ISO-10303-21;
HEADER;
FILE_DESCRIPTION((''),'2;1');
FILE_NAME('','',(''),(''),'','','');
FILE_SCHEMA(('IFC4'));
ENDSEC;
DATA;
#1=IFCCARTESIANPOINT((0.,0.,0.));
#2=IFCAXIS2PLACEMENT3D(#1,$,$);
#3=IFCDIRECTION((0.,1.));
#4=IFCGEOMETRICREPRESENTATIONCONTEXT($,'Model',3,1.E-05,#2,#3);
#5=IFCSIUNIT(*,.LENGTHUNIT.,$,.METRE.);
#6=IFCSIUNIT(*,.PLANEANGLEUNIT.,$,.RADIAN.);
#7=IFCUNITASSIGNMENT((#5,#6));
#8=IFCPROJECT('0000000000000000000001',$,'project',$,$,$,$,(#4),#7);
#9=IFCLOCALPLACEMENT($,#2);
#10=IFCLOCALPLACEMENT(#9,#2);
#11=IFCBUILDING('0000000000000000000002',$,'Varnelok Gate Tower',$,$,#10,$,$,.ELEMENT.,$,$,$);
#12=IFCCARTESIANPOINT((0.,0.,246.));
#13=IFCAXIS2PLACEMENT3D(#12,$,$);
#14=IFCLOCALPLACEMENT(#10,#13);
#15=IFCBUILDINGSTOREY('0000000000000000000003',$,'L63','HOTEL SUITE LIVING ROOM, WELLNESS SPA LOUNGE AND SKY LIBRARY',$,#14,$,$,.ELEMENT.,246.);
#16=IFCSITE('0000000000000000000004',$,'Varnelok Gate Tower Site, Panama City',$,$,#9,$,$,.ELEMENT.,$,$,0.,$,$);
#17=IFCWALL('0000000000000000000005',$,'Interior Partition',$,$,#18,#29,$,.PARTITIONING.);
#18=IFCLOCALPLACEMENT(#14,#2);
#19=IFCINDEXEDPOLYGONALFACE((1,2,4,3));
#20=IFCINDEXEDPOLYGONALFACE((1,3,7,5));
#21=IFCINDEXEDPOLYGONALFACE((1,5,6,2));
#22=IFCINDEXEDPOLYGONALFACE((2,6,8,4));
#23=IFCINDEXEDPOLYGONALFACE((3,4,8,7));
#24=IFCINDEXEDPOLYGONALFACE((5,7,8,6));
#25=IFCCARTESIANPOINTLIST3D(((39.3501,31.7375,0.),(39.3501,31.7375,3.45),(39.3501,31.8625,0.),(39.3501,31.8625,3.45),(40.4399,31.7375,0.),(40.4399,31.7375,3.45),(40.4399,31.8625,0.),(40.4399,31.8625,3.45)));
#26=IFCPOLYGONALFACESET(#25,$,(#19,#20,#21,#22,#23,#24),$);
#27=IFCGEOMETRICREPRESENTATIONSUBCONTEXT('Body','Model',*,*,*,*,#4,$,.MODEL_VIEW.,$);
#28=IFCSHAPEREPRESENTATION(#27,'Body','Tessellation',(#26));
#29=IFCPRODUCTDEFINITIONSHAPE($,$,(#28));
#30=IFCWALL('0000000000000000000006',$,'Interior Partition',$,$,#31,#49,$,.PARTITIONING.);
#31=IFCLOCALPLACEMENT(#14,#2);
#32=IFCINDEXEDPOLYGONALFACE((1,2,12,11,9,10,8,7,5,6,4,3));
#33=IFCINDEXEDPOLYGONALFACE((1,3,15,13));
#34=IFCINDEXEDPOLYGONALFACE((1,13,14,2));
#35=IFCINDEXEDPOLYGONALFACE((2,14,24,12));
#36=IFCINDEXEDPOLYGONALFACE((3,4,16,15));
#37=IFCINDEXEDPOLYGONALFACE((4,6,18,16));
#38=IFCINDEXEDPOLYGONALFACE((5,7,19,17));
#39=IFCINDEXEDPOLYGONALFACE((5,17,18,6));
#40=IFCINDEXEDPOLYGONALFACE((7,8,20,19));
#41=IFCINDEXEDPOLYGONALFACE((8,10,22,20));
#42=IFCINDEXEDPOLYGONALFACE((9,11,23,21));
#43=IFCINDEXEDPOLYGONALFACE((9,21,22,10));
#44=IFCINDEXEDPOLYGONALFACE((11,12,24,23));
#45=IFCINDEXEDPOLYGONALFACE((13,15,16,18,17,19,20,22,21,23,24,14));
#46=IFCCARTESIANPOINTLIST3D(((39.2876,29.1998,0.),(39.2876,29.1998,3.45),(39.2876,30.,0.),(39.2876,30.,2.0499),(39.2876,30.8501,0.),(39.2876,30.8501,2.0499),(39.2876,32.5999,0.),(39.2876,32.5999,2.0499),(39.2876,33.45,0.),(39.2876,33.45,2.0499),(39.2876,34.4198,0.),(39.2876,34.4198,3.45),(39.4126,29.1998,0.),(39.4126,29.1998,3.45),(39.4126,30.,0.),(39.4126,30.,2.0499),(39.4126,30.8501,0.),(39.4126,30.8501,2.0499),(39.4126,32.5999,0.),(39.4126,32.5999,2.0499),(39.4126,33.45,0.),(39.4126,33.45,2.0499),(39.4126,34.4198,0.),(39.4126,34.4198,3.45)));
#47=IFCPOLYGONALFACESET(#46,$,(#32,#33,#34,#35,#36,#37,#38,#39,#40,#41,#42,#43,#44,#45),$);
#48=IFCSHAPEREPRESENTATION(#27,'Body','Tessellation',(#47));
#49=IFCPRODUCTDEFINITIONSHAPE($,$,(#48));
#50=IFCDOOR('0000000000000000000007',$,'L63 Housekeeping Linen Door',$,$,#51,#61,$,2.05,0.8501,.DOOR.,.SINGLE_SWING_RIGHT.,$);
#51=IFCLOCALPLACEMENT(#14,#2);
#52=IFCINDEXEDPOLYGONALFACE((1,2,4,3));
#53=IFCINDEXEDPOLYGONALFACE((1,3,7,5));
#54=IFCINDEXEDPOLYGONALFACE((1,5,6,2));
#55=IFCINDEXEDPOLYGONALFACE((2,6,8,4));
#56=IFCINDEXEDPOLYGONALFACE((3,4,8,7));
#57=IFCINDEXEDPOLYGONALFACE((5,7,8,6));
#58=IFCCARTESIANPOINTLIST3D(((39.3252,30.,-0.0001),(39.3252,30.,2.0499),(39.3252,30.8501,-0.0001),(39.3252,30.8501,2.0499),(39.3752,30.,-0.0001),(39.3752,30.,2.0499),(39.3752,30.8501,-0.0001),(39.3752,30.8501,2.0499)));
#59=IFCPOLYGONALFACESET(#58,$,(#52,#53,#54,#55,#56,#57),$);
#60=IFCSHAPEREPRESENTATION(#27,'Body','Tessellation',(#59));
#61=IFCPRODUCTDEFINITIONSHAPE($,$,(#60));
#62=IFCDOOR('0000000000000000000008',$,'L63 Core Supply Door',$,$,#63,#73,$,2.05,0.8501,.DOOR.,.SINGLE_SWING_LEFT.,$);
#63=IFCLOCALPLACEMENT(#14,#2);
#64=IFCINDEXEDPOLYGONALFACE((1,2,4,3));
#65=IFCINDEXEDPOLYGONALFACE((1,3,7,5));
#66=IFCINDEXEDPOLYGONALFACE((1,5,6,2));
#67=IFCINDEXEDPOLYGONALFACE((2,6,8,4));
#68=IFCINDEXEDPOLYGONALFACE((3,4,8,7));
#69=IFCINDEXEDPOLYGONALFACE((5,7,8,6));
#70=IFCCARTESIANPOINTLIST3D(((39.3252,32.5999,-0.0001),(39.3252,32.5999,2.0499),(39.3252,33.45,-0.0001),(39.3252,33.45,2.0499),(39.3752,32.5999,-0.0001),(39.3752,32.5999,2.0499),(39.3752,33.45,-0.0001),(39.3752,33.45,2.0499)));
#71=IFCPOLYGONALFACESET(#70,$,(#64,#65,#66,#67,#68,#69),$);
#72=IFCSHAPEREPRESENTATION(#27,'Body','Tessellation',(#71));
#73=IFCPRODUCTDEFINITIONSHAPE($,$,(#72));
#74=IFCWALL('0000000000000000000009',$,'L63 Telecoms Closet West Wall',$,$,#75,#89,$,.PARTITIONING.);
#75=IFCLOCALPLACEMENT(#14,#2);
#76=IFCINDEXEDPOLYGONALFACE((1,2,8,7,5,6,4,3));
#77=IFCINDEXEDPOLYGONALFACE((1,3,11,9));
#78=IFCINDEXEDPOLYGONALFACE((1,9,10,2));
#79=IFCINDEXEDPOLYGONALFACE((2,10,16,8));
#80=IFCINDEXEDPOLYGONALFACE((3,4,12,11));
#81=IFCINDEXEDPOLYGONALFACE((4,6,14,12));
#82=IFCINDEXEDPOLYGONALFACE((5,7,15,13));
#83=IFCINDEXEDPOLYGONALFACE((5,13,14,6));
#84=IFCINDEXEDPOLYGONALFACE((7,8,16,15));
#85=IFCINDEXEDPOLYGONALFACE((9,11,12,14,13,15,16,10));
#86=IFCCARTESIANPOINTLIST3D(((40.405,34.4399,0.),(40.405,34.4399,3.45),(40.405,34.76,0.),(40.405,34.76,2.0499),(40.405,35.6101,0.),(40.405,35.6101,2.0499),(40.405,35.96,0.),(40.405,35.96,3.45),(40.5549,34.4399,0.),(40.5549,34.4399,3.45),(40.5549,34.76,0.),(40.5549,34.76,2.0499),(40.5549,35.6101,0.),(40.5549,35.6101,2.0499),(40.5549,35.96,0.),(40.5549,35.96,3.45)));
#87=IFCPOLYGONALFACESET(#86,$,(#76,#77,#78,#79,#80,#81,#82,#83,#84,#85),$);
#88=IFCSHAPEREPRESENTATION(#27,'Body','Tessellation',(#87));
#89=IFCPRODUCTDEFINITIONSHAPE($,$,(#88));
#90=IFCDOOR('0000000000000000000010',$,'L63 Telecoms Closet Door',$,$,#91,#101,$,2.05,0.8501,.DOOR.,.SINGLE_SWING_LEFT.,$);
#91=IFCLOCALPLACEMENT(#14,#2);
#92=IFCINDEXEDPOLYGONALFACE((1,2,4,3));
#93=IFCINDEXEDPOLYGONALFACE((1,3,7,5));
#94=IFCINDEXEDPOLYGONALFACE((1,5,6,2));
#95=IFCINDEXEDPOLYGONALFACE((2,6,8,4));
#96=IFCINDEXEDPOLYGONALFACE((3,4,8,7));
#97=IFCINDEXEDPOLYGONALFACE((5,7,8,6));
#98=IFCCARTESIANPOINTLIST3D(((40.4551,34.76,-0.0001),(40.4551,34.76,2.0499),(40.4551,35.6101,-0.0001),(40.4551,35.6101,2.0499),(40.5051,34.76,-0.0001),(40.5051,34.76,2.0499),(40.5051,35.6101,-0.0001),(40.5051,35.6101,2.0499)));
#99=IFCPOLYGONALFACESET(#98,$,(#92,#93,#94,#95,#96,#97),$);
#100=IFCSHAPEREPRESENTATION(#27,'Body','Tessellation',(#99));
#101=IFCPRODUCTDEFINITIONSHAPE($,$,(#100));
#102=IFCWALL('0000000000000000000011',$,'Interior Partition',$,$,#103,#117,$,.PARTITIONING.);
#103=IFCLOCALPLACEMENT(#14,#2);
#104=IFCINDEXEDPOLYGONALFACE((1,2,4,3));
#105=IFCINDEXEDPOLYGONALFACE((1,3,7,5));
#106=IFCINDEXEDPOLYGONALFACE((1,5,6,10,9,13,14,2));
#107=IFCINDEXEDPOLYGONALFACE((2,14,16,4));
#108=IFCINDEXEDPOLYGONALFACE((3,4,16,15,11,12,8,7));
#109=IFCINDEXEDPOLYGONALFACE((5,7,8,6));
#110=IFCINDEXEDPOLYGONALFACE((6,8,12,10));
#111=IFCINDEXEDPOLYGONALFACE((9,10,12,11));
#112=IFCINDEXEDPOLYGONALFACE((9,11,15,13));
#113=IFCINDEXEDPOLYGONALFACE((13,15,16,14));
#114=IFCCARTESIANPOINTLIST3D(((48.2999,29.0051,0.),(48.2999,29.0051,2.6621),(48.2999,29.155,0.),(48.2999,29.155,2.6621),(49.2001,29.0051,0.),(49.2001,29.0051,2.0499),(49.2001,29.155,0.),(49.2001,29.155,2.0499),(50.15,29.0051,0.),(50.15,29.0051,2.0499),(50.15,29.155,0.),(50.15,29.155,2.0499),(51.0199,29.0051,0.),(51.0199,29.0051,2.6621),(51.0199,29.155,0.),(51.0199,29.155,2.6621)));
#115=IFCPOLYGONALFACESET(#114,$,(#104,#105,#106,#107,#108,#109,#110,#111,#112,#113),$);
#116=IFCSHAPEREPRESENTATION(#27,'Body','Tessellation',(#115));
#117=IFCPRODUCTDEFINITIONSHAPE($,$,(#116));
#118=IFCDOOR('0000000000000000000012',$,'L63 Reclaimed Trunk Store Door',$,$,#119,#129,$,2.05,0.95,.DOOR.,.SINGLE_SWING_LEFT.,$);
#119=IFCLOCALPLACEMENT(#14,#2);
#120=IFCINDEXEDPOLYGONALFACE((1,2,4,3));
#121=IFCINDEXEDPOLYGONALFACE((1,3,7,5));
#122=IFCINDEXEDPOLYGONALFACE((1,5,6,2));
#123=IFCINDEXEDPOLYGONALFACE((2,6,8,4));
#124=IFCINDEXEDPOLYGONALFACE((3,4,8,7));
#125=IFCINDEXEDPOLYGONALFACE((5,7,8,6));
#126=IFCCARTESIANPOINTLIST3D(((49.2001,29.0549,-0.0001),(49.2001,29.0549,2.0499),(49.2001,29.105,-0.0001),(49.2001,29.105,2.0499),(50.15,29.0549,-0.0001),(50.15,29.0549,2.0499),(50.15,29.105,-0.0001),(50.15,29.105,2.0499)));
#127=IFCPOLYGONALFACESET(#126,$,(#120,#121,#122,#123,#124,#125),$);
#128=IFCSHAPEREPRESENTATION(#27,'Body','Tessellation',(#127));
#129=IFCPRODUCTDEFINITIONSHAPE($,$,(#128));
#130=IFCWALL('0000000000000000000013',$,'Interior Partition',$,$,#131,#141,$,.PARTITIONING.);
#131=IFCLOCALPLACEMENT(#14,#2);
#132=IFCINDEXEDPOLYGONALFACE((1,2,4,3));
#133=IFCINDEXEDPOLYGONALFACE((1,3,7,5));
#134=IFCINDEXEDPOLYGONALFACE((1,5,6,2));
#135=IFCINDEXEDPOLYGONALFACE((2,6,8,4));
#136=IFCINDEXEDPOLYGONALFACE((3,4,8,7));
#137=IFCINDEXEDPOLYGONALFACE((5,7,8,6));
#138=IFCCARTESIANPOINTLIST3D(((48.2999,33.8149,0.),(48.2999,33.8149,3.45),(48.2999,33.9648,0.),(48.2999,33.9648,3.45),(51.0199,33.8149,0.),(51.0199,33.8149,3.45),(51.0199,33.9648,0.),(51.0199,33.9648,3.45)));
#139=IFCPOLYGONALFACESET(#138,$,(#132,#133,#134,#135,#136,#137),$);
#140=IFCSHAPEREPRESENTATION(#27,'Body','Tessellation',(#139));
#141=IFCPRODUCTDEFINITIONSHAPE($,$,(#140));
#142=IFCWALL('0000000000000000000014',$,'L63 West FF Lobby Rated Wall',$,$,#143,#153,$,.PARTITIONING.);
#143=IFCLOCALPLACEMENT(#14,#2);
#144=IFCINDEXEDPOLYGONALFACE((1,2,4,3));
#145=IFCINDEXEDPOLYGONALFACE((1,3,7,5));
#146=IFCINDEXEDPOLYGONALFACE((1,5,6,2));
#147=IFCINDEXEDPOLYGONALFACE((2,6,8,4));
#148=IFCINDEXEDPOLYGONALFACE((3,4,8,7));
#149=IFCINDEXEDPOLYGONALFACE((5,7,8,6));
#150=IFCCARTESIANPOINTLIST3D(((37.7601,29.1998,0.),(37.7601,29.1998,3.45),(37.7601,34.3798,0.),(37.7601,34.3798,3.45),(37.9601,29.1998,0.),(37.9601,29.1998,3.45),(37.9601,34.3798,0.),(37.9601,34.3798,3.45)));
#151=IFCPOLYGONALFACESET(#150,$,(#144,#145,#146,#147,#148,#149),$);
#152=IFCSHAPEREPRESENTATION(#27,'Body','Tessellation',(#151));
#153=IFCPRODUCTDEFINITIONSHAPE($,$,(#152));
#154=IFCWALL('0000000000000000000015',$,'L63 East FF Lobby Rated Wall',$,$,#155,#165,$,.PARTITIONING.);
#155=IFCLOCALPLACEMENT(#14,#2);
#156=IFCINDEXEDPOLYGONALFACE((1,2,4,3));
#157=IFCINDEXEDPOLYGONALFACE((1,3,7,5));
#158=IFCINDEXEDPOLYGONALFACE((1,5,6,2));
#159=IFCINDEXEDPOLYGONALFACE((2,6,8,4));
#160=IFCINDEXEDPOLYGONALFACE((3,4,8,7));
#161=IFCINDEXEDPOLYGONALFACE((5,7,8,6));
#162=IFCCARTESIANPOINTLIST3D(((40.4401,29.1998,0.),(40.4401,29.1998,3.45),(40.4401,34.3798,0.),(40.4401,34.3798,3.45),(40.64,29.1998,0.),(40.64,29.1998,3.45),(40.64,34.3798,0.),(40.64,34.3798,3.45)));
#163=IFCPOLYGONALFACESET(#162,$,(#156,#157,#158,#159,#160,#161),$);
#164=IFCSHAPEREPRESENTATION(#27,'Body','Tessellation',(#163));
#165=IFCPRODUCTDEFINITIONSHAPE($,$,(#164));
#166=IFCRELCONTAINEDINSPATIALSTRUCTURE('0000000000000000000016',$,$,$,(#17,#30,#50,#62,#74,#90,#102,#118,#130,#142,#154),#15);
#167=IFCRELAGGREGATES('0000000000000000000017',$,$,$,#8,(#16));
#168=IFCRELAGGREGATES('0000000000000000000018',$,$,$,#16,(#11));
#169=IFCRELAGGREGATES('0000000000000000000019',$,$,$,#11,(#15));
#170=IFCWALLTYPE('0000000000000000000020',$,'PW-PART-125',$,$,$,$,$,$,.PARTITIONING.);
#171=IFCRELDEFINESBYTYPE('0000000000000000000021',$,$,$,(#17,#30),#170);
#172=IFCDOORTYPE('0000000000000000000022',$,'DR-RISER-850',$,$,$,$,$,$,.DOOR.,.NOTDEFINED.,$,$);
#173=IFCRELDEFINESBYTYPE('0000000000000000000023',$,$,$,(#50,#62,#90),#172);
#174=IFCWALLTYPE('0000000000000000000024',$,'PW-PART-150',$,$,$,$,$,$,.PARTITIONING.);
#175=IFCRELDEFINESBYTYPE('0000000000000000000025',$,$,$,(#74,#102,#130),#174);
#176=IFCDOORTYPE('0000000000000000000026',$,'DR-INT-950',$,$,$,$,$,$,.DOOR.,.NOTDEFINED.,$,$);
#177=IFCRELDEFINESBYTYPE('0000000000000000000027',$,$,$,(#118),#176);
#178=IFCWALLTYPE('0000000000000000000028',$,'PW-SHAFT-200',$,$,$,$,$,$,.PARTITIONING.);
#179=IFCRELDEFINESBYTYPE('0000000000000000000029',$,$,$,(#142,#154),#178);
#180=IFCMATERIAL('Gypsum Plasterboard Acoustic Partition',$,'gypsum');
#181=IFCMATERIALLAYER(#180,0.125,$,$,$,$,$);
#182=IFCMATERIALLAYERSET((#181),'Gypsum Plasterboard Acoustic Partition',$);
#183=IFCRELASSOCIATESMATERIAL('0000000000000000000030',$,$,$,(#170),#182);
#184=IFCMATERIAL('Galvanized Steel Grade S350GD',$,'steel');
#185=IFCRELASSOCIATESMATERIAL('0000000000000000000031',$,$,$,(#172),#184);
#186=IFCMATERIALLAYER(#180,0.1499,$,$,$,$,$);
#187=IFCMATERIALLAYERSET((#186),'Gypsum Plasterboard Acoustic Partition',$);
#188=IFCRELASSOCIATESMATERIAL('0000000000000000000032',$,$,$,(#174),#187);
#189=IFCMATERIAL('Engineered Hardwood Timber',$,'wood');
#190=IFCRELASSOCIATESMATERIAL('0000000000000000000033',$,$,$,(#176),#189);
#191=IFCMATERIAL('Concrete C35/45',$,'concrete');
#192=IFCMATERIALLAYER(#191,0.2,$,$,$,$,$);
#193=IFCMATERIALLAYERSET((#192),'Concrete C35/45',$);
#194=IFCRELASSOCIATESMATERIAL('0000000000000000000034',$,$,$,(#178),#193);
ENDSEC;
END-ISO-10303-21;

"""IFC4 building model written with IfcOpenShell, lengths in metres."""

from ifc_helpers import new_model, si_unit, direction, frame, frame_2d, origin, place, context, subcontext, project, spatial, rectangle, extrude, material, layer, layer_set, type_object, element, fill, save


model = new_model("IFC4")

# Units and contexts
model_context = context("Model", 3, precision=1e-05, world=origin(), true_north=direction((0.0, 1.0)))
body_context = subcontext(model_context, "Body", "Model", "MODEL_VIEW")
ifc_project = project(units=[si_unit("LENGTHUNIT", "METRE"), si_unit("PLANEANGLEUNIT", "RADIAN")], contexts=[model_context])

# Site, building, storey
site_placement = place(None, origin())
site = spatial("IfcSite", under=ifc_project, at=site_placement, Name="Varnelok Gate Tower Site, Panama City", CompositionType="ELEMENT", RefElevation=0.0)
building_placement = place(site_placement, origin())
building = spatial("IfcBuilding", under=site, at=building_placement, Name="Varnelok Gate Tower", CompositionType="ELEMENT")
storey_placement = place(building_placement, frame((0.0, 0.0, 246.0)))
storey = spatial("IfcBuildingStorey", under=building, at=storey_placement, Name="L63", Description="HOTEL SUITE LIVING ROOM, WELLNESS SPA LOUNGE AND SKY LIBRARY", CompositionType="ELEMENT", Elevation=246.0)

# Wall
ifc_material_1 = material(Name="Gypsum Plasterboard Acoustic Partition", Category="gypsum")
ifc_layer_1 = layer(ifc_material_1, 0.125)
ifc_layer_set_1 = layer_set([ifc_layer_1], Name="Gypsum Plasterboard Acoustic Partition")
wall_type_1 = type_object("IfcWallType", Name="PW-PART-125", PredefinedType="PARTITIONING", material=ifc_layer_set_1)
wall_1_placement = place(storey_placement, frame((39.3501, 31.8, 0.0), z_axis=(0.0, 0.0, 1.0), x_axis=(1.0, 0.0, 0.0)))
element("IfcWall", 1, at=wall_1_placement, inside=storey, type_object=wall_type_1, Name="Interior Partition", PredefinedType="PARTITIONING", context=body_context, shape_type="SweptSolid", body=[
    extrude(rectangle(XDim=1.0898, YDim=0.125, at=frame_2d((0.5449, 0.0))), origin(), (0.0, 0.0, 1.0), 3.45),
])

# Wall, openings, doors
wall_2_placement = place(storey_placement, frame((39.3501, 29.2, 0.0), z_axis=(0.0, 0.0, 1.0), x_axis=(0.0, 1.0, 0.0)))
wall_2 = element("IfcWall", 2, at=wall_2_placement, inside=storey, type_object=wall_type_1, Name="Interior Partition", PredefinedType="PARTITIONING", context=body_context, shape_type="SweptSolid", body=[
    extrude(rectangle(XDim=5.22, YDim=0.125, at=frame_2d((2.6099, 0.0))), origin(), (0.0, 0.0, 1.0), 3.45),
])
opening_1_placement = place(wall_2_placement, frame((0.8, 0.0, 0.0)))
opening_1 = element("IfcOpeningElement", 3, at=opening_1_placement, cuts=wall_2, PredefinedType="OPENING", context=body_context, shape_type="SweptSolid", body=[
    extrude(rectangle(XDim=0.8501, YDim=2.05, at=frame_2d((0.425, 1.0249))), frame((0.0, 0.0725, 0.0), z_axis=(0.0, -1.0, 0.0), x_axis=(1.0, 0.0, 0.0)), (0.0, 0.0, 1.0), 0.145),
])
opening_2_placement = place(wall_2_placement, frame((3.3999, 0.0, 0.0)))
opening_2 = element("IfcOpeningElement", 4, at=opening_2_placement, cuts=wall_2, PredefinedType="OPENING", context=body_context, shape_type="SweptSolid", body=[
    extrude(rectangle(XDim=0.8501, YDim=2.05, at=frame_2d((0.425, 1.0249))), frame((0.0, 0.0725, 0.0), z_axis=(0.0, -1.0, 0.0), x_axis=(1.0, 0.0, 0.0)), (0.0, 0.0, 1.0), 0.145),
])
ifc_material_2 = material(Name="Galvanized Steel Grade S350GD", Category="steel")
door_type_1 = type_object("IfcDoorType", Name="DR-RISER-850", OperationType="NOTDEFINED", PredefinedType="DOOR", material=ifc_material_2)
door_1_placement = place(opening_1_placement, origin())
door_1 = element("IfcDoor", 5, at=door_1_placement, inside=storey, type_object=door_type_1, Name="L63 Housekeeping Linen Door", OperationType="SINGLE_SWING_RIGHT", OverallHeight=2.05, OverallWidth=0.8501, PredefinedType="DOOR", context=body_context, shape_type="SweptSolid", body=[
    extrude(rectangle(XDim=0.8501, YDim=2.05, at=frame_2d((0.425, 1.0249))), frame((0.0, 0.0249, 0.0), z_axis=(0.0, -1.0, 0.0), x_axis=(1.0, 0.0, 0.0)), (0.0, 0.0, 1.0), 0.05),
])
fill(opening_1, door_1)
door_2_placement = place(opening_2_placement, origin())
door_2 = element("IfcDoor", 6, at=door_2_placement, inside=storey, type_object=door_type_1, Name="L63 Core Supply Door", OperationType="SINGLE_SWING_LEFT", OverallHeight=2.05, OverallWidth=0.8501, PredefinedType="DOOR", context=body_context, shape_type="SweptSolid", body=[
    extrude(rectangle(XDim=0.8501, YDim=2.05, at=frame_2d((0.425, 1.0249))), frame((0.0, 0.0249, 0.0), z_axis=(0.0, -1.0, 0.0), x_axis=(1.0, 0.0, 0.0)), (0.0, 0.0, 1.0), 0.05),
])
fill(opening_2, door_2)

# Walls, openings, doors
ifc_layer_2 = layer(ifc_material_1, 0.1499)
ifc_layer_set_2 = layer_set([ifc_layer_2], Name="Gypsum Plasterboard Acoustic Partition")
wall_type_2 = type_object("IfcWallType", Name="PW-PART-150", PredefinedType="PARTITIONING", material=ifc_layer_set_2)
wall_3_placement = place(storey_placement, frame((40.48, 34.4399, 0.0), z_axis=(0.0, 0.0, 1.0), x_axis=(0.0, 1.0, 0.0)))
wall_3 = element("IfcWall", 7, at=wall_3_placement, inside=storey, type_object=wall_type_2, Name="L63 Telecoms Closet West Wall", PredefinedType="PARTITIONING", context=body_context, shape_type="SweptSolid", body=[
    extrude(rectangle(XDim=1.52, YDim=0.1499, at=frame_2d((0.76, 0.0))), origin(), (0.0, 0.0, 1.0), 3.45),
])
opening_3_placement = place(wall_3_placement, frame((0.3201, 0.0, 0.0)))
opening_3 = element("IfcOpeningElement", 8, at=opening_3_placement, cuts=wall_3, PredefinedType="OPENING", context=body_context, shape_type="SweptSolid", body=[
    extrude(rectangle(XDim=0.8501, YDim=2.05, at=frame_2d((0.425, 1.0249))), frame((0.0, 0.085, 0.0), z_axis=(0.0, -1.0, 0.0), x_axis=(1.0, 0.0, 0.0)), (0.0, 0.0, 1.0), 0.1699),
])
door_3_placement = place(opening_3_placement, origin())
door_3 = element("IfcDoor", 9, at=door_3_placement, inside=storey, type_object=door_type_1, Name="L63 Telecoms Closet Door", OperationType="SINGLE_SWING_LEFT", OverallHeight=2.05, OverallWidth=0.8501, PredefinedType="DOOR", context=body_context, shape_type="SweptSolid", body=[
    extrude(rectangle(XDim=0.8501, YDim=2.05, at=frame_2d((0.425, 1.0249))), frame((0.0, 0.0249, 0.0), z_axis=(0.0, -1.0, 0.0), x_axis=(1.0, 0.0, 0.0)), (0.0, 0.0, 1.0), 0.05),
])
fill(opening_3, door_3)
wall_4_placement = place(storey_placement, frame((48.3, 29.0801, 0.0), z_axis=(0.0, 0.0, 1.0), x_axis=(1.0, 0.0, 0.0)))
wall_4 = element("IfcWall", 10, at=wall_4_placement, inside=storey, type_object=wall_type_2, Name="Interior Partition", PredefinedType="PARTITIONING", context=body_context, shape_type="SweptSolid", body=[
    extrude(rectangle(XDim=2.72, YDim=0.1499, at=frame_2d((1.3599, 0.0))), origin(), (0.0, 0.0, 1.0), 2.6621),
])
opening_4_placement = place(wall_4_placement, frame((0.8999, 0.0, 0.0)))
opening_4 = element("IfcOpeningElement", 11, at=opening_4_placement, cuts=wall_4, PredefinedType="OPENING", context=body_context, shape_type="SweptSolid", body=[
    extrude(rectangle(XDim=0.95, YDim=2.05, at=frame_2d((0.4751, 1.0249))), frame((0.0, 0.085, 0.0), z_axis=(0.0, -1.0, 0.0), x_axis=(1.0, 0.0, 0.0)), (0.0, 0.0, 1.0), 0.1699),
])
ifc_material_3 = material(Name="Engineered Hardwood Timber", Category="wood")
door_type_2 = type_object("IfcDoorType", Name="DR-INT-950", OperationType="NOTDEFINED", PredefinedType="DOOR", material=ifc_material_3)
door_4_placement = place(opening_4_placement, origin())
door_4 = element("IfcDoor", 12, at=door_4_placement, inside=storey, type_object=door_type_2, Name="L63 Reclaimed Trunk Store Door", OperationType="SINGLE_SWING_LEFT", OverallHeight=2.05, OverallWidth=0.95, PredefinedType="DOOR", context=body_context, shape_type="SweptSolid", body=[
    extrude(rectangle(XDim=0.95, YDim=2.05, at=frame_2d((0.4751, 1.0249))), frame((0.0, 0.0249, 0.0), z_axis=(0.0, -1.0, 0.0), x_axis=(1.0, 0.0, 0.0)), (0.0, 0.0, 1.0), 0.05),
])
fill(opening_4, door_4)

# Walls
wall_5_placement = place(storey_placement, frame((48.3, 33.8899, 0.0), z_axis=(0.0, 0.0, 1.0), x_axis=(1.0, 0.0, 0.0)))
element("IfcWall", 13, at=wall_5_placement, inside=storey, type_object=wall_type_2, Name="Interior Partition", PredefinedType="PARTITIONING", context=body_context, shape_type="SweptSolid", body=[
    extrude(rectangle(XDim=2.72, YDim=0.1499, at=frame_2d((1.3599, 0.0))), origin(), (0.0, 0.0, 1.0), 3.45),
])
ifc_material_4 = material(Name="Concrete C35/45", Category="concrete")
ifc_layer_3 = layer(ifc_material_4, 0.2)
ifc_layer_set_3 = layer_set([ifc_layer_3], Name="Concrete C35/45")
wall_type_3 = type_object("IfcWallType", Name="PW-SHAFT-200", PredefinedType="PARTITIONING", material=ifc_layer_set_3)
for number, where, z_axis, x_axis, name in (
    (14, (37.8601, 29.2, 0.0), (0.0, 0.0, 1.0), (0.0, 1.0, 0.0), "L63 West FF Lobby Rated Wall"),
    (15, (40.54, 29.2, 0.0), (0.0, 0.0, 1.0), (0.0, 1.0, 0.0), "L63 East FF Lobby Rated Wall"),
):
    element("IfcWall", number, at=place(storey_placement, frame(where, z_axis=z_axis, x_axis=x_axis)), inside=storey, type_object=wall_type_3, Name=name, PredefinedType="PARTITIONING", context=body_context, shape_type="SweptSolid", body=[
        extrude(rectangle(XDim=5.1799, YDim=0.2, at=frame_2d((2.5898, 0.0))), origin(), (0.0, 0.0, 1.0), 3.45),
    ])

save(model, "model.ifc")
